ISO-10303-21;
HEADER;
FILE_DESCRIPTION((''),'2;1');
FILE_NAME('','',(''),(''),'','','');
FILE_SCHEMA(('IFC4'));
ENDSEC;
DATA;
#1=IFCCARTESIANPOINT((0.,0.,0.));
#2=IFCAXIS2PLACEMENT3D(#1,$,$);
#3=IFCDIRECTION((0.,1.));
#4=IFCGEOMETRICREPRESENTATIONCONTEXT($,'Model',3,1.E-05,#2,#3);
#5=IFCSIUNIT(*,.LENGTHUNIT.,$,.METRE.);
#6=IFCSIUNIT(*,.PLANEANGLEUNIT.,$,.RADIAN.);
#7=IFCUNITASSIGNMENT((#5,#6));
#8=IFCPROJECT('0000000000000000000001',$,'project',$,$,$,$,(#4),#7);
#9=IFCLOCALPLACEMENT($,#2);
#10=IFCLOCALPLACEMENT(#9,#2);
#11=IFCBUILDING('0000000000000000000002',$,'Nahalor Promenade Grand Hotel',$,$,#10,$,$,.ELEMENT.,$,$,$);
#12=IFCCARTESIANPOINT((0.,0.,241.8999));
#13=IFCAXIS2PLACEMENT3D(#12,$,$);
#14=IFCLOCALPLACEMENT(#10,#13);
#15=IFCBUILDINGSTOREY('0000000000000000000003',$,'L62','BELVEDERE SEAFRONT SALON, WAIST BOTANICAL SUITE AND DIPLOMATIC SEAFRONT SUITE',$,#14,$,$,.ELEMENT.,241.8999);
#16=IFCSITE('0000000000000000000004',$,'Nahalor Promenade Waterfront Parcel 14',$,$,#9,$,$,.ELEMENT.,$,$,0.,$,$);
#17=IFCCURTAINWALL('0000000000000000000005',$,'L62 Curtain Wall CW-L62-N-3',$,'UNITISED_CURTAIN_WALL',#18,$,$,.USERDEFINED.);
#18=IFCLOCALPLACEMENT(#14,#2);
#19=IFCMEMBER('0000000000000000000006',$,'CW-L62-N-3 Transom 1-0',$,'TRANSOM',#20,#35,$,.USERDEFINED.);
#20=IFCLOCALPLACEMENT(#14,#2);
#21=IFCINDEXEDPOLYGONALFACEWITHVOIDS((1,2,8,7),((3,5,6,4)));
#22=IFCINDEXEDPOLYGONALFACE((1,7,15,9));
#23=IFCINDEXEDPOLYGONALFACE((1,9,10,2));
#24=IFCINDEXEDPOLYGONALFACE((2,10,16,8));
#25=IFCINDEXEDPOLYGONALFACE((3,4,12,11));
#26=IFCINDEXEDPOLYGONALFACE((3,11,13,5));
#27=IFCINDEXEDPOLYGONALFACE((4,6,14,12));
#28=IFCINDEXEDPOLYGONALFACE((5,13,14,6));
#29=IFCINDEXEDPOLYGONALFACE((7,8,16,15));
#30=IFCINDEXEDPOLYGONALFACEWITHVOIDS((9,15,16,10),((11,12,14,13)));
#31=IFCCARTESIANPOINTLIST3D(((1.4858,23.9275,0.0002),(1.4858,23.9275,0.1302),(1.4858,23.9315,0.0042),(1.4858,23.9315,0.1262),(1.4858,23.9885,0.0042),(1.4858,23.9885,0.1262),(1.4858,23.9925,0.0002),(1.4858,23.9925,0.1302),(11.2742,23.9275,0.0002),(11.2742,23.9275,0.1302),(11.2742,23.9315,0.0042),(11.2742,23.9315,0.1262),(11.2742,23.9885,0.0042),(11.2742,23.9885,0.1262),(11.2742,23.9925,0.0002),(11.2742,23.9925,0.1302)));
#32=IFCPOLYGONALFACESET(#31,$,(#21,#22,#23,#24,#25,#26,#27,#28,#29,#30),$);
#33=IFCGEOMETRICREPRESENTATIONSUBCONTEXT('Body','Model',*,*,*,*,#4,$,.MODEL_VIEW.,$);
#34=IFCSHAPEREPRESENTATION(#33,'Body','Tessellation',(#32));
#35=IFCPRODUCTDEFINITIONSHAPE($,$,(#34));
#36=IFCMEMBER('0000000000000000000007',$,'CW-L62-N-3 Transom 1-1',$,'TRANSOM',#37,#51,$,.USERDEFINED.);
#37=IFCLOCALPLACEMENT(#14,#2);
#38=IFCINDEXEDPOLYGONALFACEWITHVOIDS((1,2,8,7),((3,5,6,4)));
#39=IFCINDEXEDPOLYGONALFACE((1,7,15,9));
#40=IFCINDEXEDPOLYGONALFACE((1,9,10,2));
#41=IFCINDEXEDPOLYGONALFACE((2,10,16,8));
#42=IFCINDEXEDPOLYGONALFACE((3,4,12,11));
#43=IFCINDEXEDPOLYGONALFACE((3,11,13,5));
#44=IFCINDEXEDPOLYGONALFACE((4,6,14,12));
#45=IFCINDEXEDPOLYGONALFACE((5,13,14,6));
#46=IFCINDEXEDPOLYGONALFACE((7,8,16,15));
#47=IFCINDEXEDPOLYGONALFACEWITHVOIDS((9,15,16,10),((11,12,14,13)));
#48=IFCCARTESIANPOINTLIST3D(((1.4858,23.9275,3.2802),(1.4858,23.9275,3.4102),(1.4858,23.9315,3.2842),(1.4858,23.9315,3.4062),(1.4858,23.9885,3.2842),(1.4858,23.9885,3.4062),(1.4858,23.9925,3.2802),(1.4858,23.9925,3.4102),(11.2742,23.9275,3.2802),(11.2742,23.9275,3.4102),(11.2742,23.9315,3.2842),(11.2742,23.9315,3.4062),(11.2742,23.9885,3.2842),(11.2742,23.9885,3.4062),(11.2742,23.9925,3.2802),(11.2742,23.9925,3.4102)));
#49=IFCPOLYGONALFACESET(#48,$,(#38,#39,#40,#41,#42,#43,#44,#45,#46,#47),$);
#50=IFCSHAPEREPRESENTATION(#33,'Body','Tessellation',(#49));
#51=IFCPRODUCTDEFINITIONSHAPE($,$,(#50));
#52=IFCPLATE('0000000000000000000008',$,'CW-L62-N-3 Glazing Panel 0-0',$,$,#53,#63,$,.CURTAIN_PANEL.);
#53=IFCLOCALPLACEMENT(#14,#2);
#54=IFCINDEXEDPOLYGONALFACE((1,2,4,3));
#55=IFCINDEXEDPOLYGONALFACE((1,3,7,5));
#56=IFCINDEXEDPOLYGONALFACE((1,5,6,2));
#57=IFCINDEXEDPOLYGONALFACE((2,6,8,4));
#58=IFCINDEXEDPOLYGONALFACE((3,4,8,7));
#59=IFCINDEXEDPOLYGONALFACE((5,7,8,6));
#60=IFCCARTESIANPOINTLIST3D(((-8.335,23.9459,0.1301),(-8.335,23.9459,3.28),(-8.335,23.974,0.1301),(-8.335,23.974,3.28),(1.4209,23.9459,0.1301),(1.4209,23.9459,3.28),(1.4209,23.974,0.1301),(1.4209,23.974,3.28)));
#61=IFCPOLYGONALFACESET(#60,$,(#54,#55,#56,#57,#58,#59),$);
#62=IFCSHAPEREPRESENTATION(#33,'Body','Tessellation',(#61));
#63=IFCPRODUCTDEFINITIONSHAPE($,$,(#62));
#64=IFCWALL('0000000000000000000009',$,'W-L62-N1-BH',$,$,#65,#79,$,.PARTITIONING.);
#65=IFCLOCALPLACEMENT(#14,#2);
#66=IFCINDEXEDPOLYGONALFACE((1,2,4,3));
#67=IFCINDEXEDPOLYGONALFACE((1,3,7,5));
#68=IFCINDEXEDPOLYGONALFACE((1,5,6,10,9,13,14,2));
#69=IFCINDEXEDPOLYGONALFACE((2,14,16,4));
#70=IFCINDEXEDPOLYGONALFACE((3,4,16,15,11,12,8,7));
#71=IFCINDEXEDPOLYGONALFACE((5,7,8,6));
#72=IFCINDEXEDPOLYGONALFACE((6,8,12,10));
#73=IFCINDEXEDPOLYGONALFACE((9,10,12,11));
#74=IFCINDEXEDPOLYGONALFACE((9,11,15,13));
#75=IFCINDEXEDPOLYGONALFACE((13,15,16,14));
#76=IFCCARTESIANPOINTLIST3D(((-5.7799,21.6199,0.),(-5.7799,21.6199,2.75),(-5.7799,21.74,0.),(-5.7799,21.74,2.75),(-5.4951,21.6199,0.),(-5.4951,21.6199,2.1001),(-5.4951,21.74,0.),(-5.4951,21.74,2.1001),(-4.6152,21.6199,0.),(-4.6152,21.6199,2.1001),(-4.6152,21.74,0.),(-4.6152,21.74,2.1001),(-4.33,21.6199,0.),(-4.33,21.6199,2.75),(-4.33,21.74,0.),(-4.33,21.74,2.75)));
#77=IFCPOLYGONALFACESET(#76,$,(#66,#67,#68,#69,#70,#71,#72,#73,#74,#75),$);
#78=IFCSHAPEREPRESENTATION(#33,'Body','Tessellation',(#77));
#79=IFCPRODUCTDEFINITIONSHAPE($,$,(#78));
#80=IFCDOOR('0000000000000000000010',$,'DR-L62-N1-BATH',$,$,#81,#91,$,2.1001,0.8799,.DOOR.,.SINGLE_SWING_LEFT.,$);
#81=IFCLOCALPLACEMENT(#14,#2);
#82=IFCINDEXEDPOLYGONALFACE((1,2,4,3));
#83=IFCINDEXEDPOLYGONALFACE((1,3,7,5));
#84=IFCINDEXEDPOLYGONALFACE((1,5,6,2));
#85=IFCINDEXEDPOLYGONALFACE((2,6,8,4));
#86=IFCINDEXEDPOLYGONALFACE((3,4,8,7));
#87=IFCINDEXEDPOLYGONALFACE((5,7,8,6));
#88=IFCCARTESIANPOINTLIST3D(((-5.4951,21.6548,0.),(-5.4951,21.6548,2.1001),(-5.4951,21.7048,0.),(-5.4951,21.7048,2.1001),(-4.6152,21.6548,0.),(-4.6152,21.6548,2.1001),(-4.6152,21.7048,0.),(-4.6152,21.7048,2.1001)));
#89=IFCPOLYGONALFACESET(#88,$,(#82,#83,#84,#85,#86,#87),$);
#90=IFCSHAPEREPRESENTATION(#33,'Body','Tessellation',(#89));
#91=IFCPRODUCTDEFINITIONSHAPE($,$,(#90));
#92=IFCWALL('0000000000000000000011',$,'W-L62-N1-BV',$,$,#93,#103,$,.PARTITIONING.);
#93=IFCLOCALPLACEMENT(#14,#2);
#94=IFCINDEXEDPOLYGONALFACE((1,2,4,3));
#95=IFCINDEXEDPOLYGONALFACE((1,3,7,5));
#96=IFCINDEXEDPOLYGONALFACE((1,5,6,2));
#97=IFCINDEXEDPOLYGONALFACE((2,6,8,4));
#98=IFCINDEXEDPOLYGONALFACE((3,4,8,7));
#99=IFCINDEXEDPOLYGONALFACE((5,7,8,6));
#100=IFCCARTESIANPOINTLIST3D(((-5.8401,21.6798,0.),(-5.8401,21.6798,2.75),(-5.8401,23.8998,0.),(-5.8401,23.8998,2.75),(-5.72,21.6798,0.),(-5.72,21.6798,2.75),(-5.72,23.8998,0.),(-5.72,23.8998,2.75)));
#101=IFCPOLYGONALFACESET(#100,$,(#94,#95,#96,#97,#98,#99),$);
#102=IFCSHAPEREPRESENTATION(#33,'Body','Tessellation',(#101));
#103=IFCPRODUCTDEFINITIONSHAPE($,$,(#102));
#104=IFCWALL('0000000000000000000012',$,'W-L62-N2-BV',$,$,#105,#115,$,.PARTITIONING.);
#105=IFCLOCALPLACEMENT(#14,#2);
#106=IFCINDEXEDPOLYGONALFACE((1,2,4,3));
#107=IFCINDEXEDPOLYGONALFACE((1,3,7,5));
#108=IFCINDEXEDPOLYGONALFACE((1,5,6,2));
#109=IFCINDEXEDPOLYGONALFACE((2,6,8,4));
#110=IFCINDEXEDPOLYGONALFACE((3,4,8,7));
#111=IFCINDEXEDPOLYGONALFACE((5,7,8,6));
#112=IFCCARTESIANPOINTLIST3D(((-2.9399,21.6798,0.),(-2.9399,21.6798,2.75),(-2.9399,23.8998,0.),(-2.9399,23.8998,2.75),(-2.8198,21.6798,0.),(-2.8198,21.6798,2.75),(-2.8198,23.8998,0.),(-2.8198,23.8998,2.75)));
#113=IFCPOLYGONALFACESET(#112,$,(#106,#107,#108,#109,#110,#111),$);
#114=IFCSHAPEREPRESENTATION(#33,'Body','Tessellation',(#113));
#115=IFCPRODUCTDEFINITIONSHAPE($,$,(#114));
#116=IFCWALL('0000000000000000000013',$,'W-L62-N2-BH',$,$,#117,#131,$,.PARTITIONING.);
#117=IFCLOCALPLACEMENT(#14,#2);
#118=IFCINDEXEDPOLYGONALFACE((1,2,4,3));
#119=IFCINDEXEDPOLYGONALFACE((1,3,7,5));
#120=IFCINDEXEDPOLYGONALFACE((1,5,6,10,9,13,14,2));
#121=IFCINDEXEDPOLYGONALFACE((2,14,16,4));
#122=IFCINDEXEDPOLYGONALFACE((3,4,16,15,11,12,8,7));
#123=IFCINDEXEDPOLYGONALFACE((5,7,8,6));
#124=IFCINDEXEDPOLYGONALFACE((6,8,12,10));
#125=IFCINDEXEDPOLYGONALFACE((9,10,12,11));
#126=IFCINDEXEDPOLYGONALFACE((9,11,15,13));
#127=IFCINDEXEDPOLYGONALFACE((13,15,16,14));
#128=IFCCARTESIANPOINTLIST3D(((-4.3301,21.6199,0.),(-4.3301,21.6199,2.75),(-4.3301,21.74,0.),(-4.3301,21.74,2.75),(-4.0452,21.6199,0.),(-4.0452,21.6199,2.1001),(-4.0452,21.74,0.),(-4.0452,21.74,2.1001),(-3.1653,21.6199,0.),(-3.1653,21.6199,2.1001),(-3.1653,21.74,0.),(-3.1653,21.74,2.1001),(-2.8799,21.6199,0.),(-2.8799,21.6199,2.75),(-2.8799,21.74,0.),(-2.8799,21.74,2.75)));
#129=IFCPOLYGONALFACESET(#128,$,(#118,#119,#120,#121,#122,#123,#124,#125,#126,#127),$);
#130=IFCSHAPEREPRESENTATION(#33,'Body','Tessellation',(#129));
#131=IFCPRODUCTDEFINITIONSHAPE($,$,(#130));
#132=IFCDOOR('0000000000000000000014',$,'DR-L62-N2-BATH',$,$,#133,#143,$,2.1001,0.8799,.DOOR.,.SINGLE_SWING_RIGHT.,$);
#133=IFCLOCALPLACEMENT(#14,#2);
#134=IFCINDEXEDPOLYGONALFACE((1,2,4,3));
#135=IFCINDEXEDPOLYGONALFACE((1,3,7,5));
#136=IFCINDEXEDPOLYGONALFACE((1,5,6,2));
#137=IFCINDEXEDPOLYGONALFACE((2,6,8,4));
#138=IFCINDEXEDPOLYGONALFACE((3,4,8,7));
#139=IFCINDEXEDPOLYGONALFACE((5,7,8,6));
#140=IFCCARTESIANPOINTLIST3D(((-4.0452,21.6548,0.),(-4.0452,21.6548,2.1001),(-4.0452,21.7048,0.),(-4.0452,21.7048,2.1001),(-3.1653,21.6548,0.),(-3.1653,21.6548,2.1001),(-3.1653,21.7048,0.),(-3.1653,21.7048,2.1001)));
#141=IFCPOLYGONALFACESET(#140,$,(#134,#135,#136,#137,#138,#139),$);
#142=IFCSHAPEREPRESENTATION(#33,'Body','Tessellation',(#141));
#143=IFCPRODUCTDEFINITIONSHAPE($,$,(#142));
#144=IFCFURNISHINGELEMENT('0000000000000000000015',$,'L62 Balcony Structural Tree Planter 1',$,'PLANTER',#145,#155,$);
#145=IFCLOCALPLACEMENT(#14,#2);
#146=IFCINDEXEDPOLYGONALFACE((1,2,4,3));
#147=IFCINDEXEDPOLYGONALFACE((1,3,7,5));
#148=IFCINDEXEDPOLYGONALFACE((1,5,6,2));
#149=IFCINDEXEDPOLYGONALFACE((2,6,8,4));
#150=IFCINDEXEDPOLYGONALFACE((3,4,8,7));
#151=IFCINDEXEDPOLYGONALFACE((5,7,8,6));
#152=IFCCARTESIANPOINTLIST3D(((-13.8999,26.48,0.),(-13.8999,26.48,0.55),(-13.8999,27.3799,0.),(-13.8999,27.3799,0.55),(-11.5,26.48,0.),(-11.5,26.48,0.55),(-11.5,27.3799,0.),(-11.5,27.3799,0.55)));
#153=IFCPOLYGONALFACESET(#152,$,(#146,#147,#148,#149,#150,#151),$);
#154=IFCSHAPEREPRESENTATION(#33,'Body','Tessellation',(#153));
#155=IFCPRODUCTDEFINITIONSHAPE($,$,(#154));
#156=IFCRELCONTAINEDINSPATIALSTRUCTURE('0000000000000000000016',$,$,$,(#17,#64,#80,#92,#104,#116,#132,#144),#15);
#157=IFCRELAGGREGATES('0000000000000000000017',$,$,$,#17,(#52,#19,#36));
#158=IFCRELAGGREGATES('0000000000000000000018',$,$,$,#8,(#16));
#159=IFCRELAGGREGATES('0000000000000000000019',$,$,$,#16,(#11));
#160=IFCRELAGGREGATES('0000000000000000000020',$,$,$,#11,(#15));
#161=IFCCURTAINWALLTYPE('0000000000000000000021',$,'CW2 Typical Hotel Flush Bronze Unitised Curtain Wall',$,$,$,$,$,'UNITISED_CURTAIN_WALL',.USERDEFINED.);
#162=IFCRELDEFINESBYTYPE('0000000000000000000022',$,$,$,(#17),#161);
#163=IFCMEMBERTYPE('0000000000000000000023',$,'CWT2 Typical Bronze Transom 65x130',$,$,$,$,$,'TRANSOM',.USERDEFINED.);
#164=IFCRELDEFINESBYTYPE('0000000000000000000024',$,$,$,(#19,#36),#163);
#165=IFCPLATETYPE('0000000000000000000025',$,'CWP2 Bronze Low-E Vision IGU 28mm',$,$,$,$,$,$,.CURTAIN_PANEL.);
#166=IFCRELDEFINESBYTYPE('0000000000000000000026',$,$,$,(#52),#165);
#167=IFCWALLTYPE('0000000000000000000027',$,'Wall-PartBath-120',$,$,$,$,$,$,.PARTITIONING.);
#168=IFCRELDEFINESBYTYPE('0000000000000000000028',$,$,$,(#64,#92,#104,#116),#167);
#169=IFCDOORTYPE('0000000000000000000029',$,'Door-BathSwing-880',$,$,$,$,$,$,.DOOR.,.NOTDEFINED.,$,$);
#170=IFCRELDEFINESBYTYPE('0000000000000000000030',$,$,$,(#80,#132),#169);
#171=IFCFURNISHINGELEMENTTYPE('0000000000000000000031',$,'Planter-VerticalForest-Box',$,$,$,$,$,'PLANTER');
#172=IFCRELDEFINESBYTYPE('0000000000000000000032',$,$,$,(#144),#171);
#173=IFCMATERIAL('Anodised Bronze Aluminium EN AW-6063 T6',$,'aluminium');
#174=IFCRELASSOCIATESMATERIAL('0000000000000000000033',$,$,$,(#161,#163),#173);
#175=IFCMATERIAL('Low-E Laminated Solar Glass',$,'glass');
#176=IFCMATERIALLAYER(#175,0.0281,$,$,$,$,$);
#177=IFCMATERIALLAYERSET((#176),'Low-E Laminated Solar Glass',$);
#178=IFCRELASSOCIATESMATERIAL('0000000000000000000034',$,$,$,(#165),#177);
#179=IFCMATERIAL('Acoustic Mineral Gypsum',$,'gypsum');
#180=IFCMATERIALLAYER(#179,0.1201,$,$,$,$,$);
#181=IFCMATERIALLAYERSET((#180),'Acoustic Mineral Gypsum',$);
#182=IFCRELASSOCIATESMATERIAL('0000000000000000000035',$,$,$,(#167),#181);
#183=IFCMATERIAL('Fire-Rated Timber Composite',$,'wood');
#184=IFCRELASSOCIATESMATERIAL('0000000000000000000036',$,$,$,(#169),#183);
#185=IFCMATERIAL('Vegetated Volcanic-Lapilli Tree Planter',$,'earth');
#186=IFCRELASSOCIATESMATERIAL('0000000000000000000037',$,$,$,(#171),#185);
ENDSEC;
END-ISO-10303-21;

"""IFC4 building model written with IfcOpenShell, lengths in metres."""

from ifc_helpers import new_model, si_unit, direction, frame, frame_2d, origin, origin_2d, place, context, subcontext, project, spatial, rectangle, hollow_rectangle, extrude, source, transform, mapped, material, layer, layer_set, material_profile, profile_set, type_object, element, fill, aggregate, save


model = new_model("IFC4")

# Units and contexts
model_context = context("Model", 3, precision=1e-05, world=origin(), true_north=direction((0.0, 1.0)))
body_context = subcontext(model_context, "Body", "Model", "MODEL_VIEW")
ifc_project = project(units=[si_unit("LENGTHUNIT", "METRE"), si_unit("PLANEANGLEUNIT", "RADIAN")], contexts=[model_context])

# Site, building, storey
site_placement = place(None, origin())
site = spatial("IfcSite", under=ifc_project, at=site_placement, Name="Nahalor Promenade Waterfront Parcel 14", CompositionType="ELEMENT", RefElevation=0.0)
building_placement = place(site_placement, origin())
building = spatial("IfcBuilding", under=site, at=building_placement, Name="Nahalor Promenade Grand Hotel", CompositionType="ELEMENT")
storey_placement = place(building_placement, frame((0.0, 0.0, 241.8999)))
storey = spatial("IfcBuildingStorey", under=building, at=storey_placement, Name="L62", Description="BELVEDERE SEAFRONT SALON, WAIST BOTANICAL SUITE AND DIPLOMATIC SEAFRONT SUITE", CompositionType="ELEMENT", Elevation=241.8999)

# Curtain wall, members, plate
ifc_material_1 = material(Name="Anodised Bronze Aluminium EN AW-6063 T6", Category="aluminium")
curtain_wall_type = type_object("IfcCurtainWallType", Name="CW2 Typical Hotel Flush Bronze Unitised Curtain Wall", ElementType="UNITISED_CURTAIN_WALL", PredefinedType="USERDEFINED", material=ifc_material_1)
curtain_wall_placement = place(storey_placement, origin())
curtain_wall = element("IfcCurtainWall", 1, at=curtain_wall_placement, inside=storey, type_object=curtain_wall_type, Name="L62 Curtain Wall CW-L62-N-3", ObjectType="UNITISED_CURTAIN_WALL", PredefinedType="USERDEFINED")
ifc_material_profile_1 = material_profile(ifc_material_1, hollow_rectangle(XDim=0.065, YDim=0.13, WallThickness=0.004, at=origin_2d()), Name="CWT 65x130x4")
ifc_profile_set_1 = profile_set([ifc_material_profile_1], Name="Anodised Bronze Aluminium EN AW-6063 T6")
member_type_1 = type_object("IfcMemberType", Name="CWT2 Typical Bronze Transom 65x130", ElementType="TRANSOM", PredefinedType="USERDEFINED", material=ifc_profile_set_1)
shared_shape_1 = source(origin(), body_context, "Body", "SweptSolid", [
    extrude(hollow_rectangle(XDim=0.065, YDim=0.13, WallThickness=0.004, at=origin_2d()), origin(), (0.0, 0.0, 1.0), 9.7883),
])
member_1_placement = place(storey_placement, frame((1.4858, 23.96, 0.0652), z_axis=(1.0, 0.0, 0.0), x_axis=(0.0, 1.0, 0.0)))
member_1 = element("IfcMember", 2, at=member_1_placement, type_object=member_type_1, Name="CW-L62-N-3 Transom 1-0", ObjectType="TRANSOM", PredefinedType="USERDEFINED", context=body_context, shape_type="MappedRepresentation", body=[
    mapped(shared_shape_1, transform((0.0, 0.0, 0.0), scale=1.0)),
])
member_2_placement = place(storey_placement, frame((1.4858, 23.96, 3.3452), z_axis=(1.0, 0.0, 0.0), x_axis=(0.0, 1.0, 0.0)))
member_2 = element("IfcMember", 3, at=member_2_placement, type_object=member_type_1, Name="CW-L62-N-3 Transom 1-1", ObjectType="TRANSOM", PredefinedType="USERDEFINED", context=body_context, shape_type="MappedRepresentation", body=[
    mapped(shared_shape_1, transform((0.0, 0.0, 0.0), scale=1.0)),
])
ifc_material_2 = material(Name="Low-E Laminated Solar Glass", Category="glass")
ifc_layer_1 = layer(ifc_material_2, 0.0281)
ifc_layer_set_1 = layer_set([ifc_layer_1], Name="Low-E Laminated Solar Glass")
plate_type = type_object("IfcPlateType", Name="CWP2 Bronze Low-E Vision IGU 28mm", PredefinedType="CURTAIN_PANEL", material=ifc_layer_set_1)
shared_shape_2 = source(origin(), body_context, "Body", "SweptSolid", [
    extrude(rectangle(XDim=9.7559, YDim=0.0281, at=origin_2d()), origin(), (0.0, 0.0, 1.0), 3.1499),
])
plate_placement = place(storey_placement, frame((-3.457, 23.96, 0.1301), z_axis=(0.0, 0.0, 1.0), x_axis=(1.0, 0.0, 0.0)))
plate = element("IfcPlate", 4, at=plate_placement, type_object=plate_type, Name="CW-L62-N-3 Glazing Panel 0-0", PredefinedType="CURTAIN_PANEL", context=body_context, shape_type="MappedRepresentation", body=[
    mapped(shared_shape_2, transform((0.0, 0.0, 0.0), scale=1.0)),
])
aggregate(curtain_wall, [plate, member_1, member_2])

# Wall, opening, door
ifc_material_3 = material(Name="Acoustic Mineral Gypsum", Category="gypsum")
ifc_layer_2 = layer(ifc_material_3, 0.1201)
ifc_layer_set_2 = layer_set([ifc_layer_2], Name="Acoustic Mineral Gypsum")
wall_type = type_object("IfcWallType", Name="Wall-PartBath-120", PredefinedType="PARTITIONING", material=ifc_layer_set_2)
shared_shape_3 = source(origin(), body_context, "Body", "SweptSolid", [
    extrude(rectangle(XDim=1.45, YDim=0.1201, at=frame_2d((0.7251, 0.0))), origin(), (0.0, 0.0, 1.0), 2.75),
])
wall_1_placement = place(storey_placement, frame((-5.78, 21.6799, 0.0), z_axis=(0.0, 0.0, 1.0), x_axis=(1.0, 0.0, 0.0)))
wall_1 = element("IfcWall", 5, at=wall_1_placement, inside=storey, type_object=wall_type, Name="W-L62-N1-BH", PredefinedType="PARTITIONING", context=body_context, shape_type="MappedRepresentation", body=[
    mapped(shared_shape_3, transform((0.0, 0.0, 0.0), scale=1.0)),
])
opening_1_placement = place(wall_1_placement, frame((0.2849, 0.0, 0.0)))
opening_1 = element("IfcOpeningElement", 6, at=opening_1_placement, cuts=wall_1, PredefinedType="OPENING", context=body_context, shape_type="SweptSolid", body=[
    extrude(rectangle(XDim=0.8799, YDim=2.1001, at=frame_2d((0.4399, 1.05))), frame((0.0, 0.0701, 0.0), z_axis=(0.0, -1.0, 0.0), x_axis=(1.0, 0.0, 0.0)), (0.0, 0.0, 1.0), 0.1401),
])
ifc_material_4 = material(Name="Fire-Rated Timber Composite", Category="wood")
door_type = type_object("IfcDoorType", Name="Door-BathSwing-880", OperationType="NOTDEFINED", PredefinedType="DOOR", material=ifc_material_4)
shared_shape_4 = source(origin(), body_context, "Body", "SweptSolid", [
    extrude(rectangle(XDim=0.8799, YDim=2.1001, at=frame_2d((0.4399, 1.05))), frame((0.0, 0.0249, 0.0), z_axis=(0.0, -1.0, 0.0), x_axis=(1.0, 0.0, 0.0)), (0.0, 0.0, 1.0), 0.05),
])
door_1_placement = place(opening_1_placement, origin())
door_1 = element("IfcDoor", 7, at=door_1_placement, inside=storey, type_object=door_type, Name="DR-L62-N1-BATH", OperationType="SINGLE_SWING_LEFT", OverallHeight=2.1001, OverallWidth=0.8799, PredefinedType="DOOR", context=body_context, shape_type="MappedRepresentation", body=[
    mapped(shared_shape_4, transform((0.0, 0.0, 0.0), scale=1.0)),
])
fill(opening_1, door_1)

# Walls
shared_shape_5 = source(origin(), body_context, "Body", "SweptSolid", [
    extrude(rectangle(XDim=2.22, YDim=0.1201, at=frame_2d((1.1099, 0.0))), origin(), (0.0, 0.0, 1.0), 2.75),
])
for number, where, z_axis, x_axis, name in (
    (8, (-5.78, 21.6799, 0.0), (0.0, 0.0, 1.0), (0.0, 1.0, 0.0), "W-L62-N1-BV"),
    (9, (-2.8799, 21.6799, 0.0), (0.0, 0.0, 1.0), (0.0, 1.0, 0.0), "W-L62-N2-BV"),
):
    element("IfcWall", number, at=place(storey_placement, frame(where, z_axis=z_axis, x_axis=x_axis)), inside=storey, type_object=wall_type, Name=name, PredefinedType="PARTITIONING", context=body_context, shape_type="MappedRepresentation", body=[
        mapped(shared_shape_5, transform((0.0, 0.0, 0.0), scale=1.0)),
    ])

# Wall, opening, door
shared_shape_6 = source(origin(), body_context, "Body", "SweptSolid", [
    extrude(rectangle(XDim=1.4502, YDim=0.1201, at=frame_2d((0.7251, 0.0))), origin(), (0.0, 0.0, 1.0), 2.75),
])
wall_2_placement = place(storey_placement, frame((-4.3301, 21.6799, 0.0), z_axis=(0.0, 0.0, 1.0), x_axis=(1.0, 0.0, 0.0)))
wall_2 = element("IfcWall", 10, at=wall_2_placement, inside=storey, type_object=wall_type, Name="W-L62-N2-BH", PredefinedType="PARTITIONING", context=body_context, shape_type="MappedRepresentation", body=[
    mapped(shared_shape_6, transform((0.0, 0.0, 0.0), scale=1.0)),
])
opening_2_placement = place(wall_2_placement, frame((0.2849, 0.0, 0.0)))
opening_2 = element("IfcOpeningElement", 11, at=opening_2_placement, cuts=wall_2, PredefinedType="OPENING", context=body_context, shape_type="SweptSolid", body=[
    extrude(rectangle(XDim=0.8799, YDim=2.1001, at=frame_2d((0.4399, 1.05))), frame((0.0, 0.0701, 0.0), z_axis=(0.0, -1.0, 0.0), x_axis=(1.0, 0.0, 0.0)), (0.0, 0.0, 1.0), 0.1401),
])
door_2_placement = place(opening_2_placement, origin())
door_2 = element("IfcDoor", 12, at=door_2_placement, inside=storey, type_object=door_type, Name="DR-L62-N2-BATH", OperationType="SINGLE_SWING_RIGHT", OverallHeight=2.1001, OverallWidth=0.8799, PredefinedType="DOOR", context=body_context, shape_type="MappedRepresentation", body=[
    mapped(shared_shape_4, transform((0.0, 0.0, 0.0), scale=1.0)),
])
fill(opening_2, door_2)

# Furnishing element
ifc_material_5 = material(Name="Vegetated Volcanic-Lapilli Tree Planter", Category="earth")
furnishing_element_type = type_object("IfcFurnishingElementType", Name="Planter-VerticalForest-Box", ElementType="PLANTER", material=ifc_material_5)
shared_shape_7 = source(origin(), body_context, "Body", "SweptSolid", [
    extrude(rectangle(XDim=2.3999, YDim=0.8999, at=origin_2d()), origin(), (0.0, 0.0, 1.0), 0.55),
])
furnishing_placement = place(storey_placement, frame((-12.7, 26.9299, 0.0), z_axis=(0.0, 0.0, 1.0), x_axis=(1.0, 0.0, 0.0)))
element("IfcFurnishingElement", 13, at=furnishing_placement, inside=storey, type_object=furnishing_element_type, Name="L62 Balcony Structural Tree Planter 1", ObjectType="PLANTER", context=body_context, shape_type="MappedRepresentation", body=[
    mapped(shared_shape_7, transform((0.0, 0.0, 0.0), scale=1.0)),
])

save(model, "model.ifc")
